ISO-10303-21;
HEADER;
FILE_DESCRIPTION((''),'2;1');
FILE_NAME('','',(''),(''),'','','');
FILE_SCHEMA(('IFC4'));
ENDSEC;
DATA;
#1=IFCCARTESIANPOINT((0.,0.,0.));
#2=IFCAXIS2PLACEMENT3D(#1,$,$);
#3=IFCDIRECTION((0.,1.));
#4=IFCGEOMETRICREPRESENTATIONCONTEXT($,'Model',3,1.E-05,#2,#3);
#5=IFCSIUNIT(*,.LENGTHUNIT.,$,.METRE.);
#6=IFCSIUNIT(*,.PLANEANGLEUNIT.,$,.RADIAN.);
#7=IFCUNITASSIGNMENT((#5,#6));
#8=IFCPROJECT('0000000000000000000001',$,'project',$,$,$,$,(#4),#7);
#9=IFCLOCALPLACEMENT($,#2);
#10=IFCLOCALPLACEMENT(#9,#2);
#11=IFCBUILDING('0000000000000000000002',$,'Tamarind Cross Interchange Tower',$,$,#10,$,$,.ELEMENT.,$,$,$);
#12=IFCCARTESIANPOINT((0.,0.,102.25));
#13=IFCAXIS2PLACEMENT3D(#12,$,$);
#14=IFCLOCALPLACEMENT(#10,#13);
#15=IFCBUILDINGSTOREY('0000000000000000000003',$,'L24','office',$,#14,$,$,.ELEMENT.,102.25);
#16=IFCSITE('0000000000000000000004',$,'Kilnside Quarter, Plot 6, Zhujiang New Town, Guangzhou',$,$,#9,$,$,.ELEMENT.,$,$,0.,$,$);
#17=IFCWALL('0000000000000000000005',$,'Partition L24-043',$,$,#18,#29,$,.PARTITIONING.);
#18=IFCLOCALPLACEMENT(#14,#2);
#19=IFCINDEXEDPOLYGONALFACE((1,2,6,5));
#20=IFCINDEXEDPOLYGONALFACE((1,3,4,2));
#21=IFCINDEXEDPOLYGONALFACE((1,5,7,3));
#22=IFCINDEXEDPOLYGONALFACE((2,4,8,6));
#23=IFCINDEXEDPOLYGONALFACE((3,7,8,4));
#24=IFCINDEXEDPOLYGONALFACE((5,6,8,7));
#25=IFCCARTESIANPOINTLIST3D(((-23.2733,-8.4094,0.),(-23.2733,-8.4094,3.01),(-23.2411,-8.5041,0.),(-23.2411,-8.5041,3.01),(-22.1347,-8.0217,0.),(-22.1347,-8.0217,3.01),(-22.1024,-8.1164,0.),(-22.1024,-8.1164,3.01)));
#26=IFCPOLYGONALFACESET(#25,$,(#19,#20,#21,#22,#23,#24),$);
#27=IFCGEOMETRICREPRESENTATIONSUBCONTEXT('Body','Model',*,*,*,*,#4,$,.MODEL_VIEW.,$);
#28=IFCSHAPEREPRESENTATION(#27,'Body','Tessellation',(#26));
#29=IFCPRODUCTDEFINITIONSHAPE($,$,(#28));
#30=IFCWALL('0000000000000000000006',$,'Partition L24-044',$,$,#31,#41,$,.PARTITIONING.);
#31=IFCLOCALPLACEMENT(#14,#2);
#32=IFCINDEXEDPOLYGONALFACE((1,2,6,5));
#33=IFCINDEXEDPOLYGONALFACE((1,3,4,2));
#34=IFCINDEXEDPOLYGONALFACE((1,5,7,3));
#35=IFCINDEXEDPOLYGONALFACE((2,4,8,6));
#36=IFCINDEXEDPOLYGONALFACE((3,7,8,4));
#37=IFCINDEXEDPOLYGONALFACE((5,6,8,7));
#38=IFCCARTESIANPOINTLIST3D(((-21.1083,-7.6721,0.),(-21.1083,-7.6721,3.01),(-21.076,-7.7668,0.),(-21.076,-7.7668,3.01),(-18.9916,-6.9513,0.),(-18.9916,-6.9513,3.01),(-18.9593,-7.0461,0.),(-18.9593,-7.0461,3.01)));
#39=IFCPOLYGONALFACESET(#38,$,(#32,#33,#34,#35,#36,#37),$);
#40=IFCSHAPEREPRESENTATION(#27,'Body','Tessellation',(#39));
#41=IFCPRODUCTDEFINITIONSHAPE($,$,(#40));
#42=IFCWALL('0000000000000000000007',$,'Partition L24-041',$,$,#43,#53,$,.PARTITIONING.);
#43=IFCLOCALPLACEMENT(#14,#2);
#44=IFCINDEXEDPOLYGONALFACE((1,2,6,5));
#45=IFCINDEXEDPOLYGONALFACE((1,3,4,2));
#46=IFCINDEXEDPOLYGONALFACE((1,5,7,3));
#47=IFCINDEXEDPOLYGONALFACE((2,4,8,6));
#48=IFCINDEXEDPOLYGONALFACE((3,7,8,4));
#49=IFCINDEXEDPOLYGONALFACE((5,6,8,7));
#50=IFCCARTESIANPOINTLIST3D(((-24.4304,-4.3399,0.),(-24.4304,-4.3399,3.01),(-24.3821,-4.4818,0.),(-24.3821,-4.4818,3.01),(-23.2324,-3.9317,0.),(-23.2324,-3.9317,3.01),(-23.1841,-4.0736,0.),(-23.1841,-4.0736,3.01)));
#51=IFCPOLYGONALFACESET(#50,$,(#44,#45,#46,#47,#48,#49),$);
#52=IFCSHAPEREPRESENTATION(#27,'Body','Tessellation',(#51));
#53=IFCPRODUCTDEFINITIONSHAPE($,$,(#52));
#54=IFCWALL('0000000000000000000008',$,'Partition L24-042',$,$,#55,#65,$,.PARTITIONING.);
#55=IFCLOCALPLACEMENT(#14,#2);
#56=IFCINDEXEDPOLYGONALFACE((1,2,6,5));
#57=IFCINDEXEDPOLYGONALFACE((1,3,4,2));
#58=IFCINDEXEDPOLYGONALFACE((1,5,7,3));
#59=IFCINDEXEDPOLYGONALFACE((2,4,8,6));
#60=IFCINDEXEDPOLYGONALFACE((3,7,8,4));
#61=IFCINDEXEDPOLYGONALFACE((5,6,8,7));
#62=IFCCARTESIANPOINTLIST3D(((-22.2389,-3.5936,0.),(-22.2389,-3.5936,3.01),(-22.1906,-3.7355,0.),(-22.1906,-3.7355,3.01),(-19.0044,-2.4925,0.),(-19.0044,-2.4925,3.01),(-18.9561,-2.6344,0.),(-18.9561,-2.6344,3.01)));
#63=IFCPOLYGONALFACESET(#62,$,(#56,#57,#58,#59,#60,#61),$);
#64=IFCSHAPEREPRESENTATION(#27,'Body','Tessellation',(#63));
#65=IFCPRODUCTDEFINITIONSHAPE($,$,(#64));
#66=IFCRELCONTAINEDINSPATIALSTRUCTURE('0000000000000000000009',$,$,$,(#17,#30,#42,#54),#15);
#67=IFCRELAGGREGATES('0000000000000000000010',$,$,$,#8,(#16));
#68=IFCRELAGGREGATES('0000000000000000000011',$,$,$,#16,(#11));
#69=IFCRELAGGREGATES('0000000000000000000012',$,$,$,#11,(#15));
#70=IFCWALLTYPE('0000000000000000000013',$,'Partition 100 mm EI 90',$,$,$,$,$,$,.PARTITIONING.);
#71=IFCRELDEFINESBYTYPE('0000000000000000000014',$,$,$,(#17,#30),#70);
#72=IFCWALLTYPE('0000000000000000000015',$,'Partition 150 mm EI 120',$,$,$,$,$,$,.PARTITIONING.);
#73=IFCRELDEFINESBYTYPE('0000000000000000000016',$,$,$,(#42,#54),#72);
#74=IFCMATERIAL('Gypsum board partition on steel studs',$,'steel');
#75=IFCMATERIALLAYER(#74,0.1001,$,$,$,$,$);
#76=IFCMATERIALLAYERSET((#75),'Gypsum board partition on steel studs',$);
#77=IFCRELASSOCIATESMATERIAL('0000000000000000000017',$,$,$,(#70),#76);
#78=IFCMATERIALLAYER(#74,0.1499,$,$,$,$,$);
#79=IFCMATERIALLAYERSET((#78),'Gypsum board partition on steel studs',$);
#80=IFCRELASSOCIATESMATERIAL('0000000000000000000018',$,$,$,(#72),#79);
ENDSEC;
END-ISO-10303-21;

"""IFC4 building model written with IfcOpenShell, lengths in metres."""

from ifc_helpers import new_model, si_unit, direction, frame, frame_2d, origin, place, context, subcontext, project, spatial, rectangle, extrude, material, layer, layer_set, type_object, element, save


model = new_model("IFC4")

# Units and contexts
model_context = context("Model", 3, precision=1e-05, world=origin(), true_north=direction((0.0, 1.0)))
body_context = subcontext(model_context, "Body", "Model", "MODEL_VIEW")
ifc_project = project(units=[si_unit("LENGTHUNIT", "METRE"), si_unit("PLANEANGLEUNIT", "RADIAN")], contexts=[model_context])

# Site, building, storey
site_placement = place(None, origin())
site = spatial("IfcSite", under=ifc_project, at=site_placement, Name="Kilnside Quarter, Plot 6, Zhujiang New Town, Guangzhou", CompositionType="ELEMENT", RefElevation=0.0)
building_placement = place(site_placement, origin())
building = spatial("IfcBuilding", under=site, at=building_placement, Name="Tamarind Cross Interchange Tower", CompositionType="ELEMENT")
storey_placement = place(building_placement, frame((0.0, 0.0, 102.25)))
storey = spatial("IfcBuildingStorey", under=building, at=storey_placement, Name="L24", Description="office", CompositionType="ELEMENT", Elevation=102.25)

# Walls
ifc_material_1 = material(Name="Gypsum board partition on steel studs", Category="steel")
ifc_layer_1 = layer(ifc_material_1, 0.1001)
ifc_layer_set_1 = layer_set([ifc_layer_1], Name="Gypsum board partition on steel studs")
wall_type_1 = type_object("IfcWallType", Name="Partition 100 mm EI 90", PredefinedType="PARTITIONING", material=ifc_layer_set_1)
wall_1_placement = place(storey_placement, frame((-23.2573, -8.4568, 0.0), z_axis=(0.0, 0.0, 1.0), x_axis=(0.946634, 0.32231, 0.0)))
element("IfcWall", 1, at=wall_1_placement, inside=storey, type_object=wall_type_1, Name="Partition L24-043", PredefinedType="PARTITIONING", context=body_context, shape_type="SweptSolid", body=[
    extrude(rectangle(XDim=1.2029, YDim=0.1001, at=frame_2d((0.6016, 0.0))), origin(), (0.0, 0.0, 1.0), 3.01),
])
wall_2_placement = place(storey_placement, frame((-21.0923, -7.7195, 0.0), z_axis=(0.0, 0.0, 1.0), x_axis=(0.946633, 0.322314, 0.0)))
element("IfcWall", 2, at=wall_2_placement, inside=storey, type_object=wall_type_1, Name="Partition L24-044", PredefinedType="PARTITIONING", context=body_context, shape_type="SweptSolid", body=[
    extrude(rectangle(XDim=2.2361, YDim=0.1001, at=frame_2d((1.1182, 0.0))), origin(), (0.0, 0.0, 1.0), 3.01),
])
ifc_layer_2 = layer(ifc_material_1, 0.1499)
ifc_layer_set_2 = layer_set([ifc_layer_2], Name="Gypsum board partition on steel studs")
wall_type_2 = type_object("IfcWallType", Name="Partition 150 mm EI 120", PredefinedType="PARTITIONING", material=ifc_layer_set_2)
wall_3_placement = place(storey_placement, frame((-24.4062, -4.4109, 0.0), z_axis=(0.0, 0.0, 1.0), x_axis=(0.94656, 0.322529, 0.0)))
element("IfcWall", 3, at=wall_3_placement, inside=storey, type_object=wall_type_2, Name="Partition L24-041", PredefinedType="PARTITIONING", context=body_context, shape_type="SweptSolid", body=[
    extrude(rectangle(XDim=1.2656, YDim=0.1499, at=frame_2d((0.6328, 0.0))), origin(), (0.0, 0.0, 1.0), 3.01),
])
wall_4_placement = place(storey_placement, frame((-22.2148, -3.6646, 0.0), z_axis=(0.0, 0.0, 1.0), x_axis=(0.946649, 0.322267, 0.0)))
element("IfcWall", 4, at=wall_4_placement, inside=storey, type_object=wall_type_2, Name="Partition L24-042", PredefinedType="PARTITIONING", context=body_context, shape_type="SweptSolid", body=[
    extrude(rectangle(XDim=3.4167, YDim=0.1499, at=frame_2d((1.7085, 0.0))), origin(), (0.0, 0.0, 1.0), 3.01),
])

save(model, "model.ifc")
